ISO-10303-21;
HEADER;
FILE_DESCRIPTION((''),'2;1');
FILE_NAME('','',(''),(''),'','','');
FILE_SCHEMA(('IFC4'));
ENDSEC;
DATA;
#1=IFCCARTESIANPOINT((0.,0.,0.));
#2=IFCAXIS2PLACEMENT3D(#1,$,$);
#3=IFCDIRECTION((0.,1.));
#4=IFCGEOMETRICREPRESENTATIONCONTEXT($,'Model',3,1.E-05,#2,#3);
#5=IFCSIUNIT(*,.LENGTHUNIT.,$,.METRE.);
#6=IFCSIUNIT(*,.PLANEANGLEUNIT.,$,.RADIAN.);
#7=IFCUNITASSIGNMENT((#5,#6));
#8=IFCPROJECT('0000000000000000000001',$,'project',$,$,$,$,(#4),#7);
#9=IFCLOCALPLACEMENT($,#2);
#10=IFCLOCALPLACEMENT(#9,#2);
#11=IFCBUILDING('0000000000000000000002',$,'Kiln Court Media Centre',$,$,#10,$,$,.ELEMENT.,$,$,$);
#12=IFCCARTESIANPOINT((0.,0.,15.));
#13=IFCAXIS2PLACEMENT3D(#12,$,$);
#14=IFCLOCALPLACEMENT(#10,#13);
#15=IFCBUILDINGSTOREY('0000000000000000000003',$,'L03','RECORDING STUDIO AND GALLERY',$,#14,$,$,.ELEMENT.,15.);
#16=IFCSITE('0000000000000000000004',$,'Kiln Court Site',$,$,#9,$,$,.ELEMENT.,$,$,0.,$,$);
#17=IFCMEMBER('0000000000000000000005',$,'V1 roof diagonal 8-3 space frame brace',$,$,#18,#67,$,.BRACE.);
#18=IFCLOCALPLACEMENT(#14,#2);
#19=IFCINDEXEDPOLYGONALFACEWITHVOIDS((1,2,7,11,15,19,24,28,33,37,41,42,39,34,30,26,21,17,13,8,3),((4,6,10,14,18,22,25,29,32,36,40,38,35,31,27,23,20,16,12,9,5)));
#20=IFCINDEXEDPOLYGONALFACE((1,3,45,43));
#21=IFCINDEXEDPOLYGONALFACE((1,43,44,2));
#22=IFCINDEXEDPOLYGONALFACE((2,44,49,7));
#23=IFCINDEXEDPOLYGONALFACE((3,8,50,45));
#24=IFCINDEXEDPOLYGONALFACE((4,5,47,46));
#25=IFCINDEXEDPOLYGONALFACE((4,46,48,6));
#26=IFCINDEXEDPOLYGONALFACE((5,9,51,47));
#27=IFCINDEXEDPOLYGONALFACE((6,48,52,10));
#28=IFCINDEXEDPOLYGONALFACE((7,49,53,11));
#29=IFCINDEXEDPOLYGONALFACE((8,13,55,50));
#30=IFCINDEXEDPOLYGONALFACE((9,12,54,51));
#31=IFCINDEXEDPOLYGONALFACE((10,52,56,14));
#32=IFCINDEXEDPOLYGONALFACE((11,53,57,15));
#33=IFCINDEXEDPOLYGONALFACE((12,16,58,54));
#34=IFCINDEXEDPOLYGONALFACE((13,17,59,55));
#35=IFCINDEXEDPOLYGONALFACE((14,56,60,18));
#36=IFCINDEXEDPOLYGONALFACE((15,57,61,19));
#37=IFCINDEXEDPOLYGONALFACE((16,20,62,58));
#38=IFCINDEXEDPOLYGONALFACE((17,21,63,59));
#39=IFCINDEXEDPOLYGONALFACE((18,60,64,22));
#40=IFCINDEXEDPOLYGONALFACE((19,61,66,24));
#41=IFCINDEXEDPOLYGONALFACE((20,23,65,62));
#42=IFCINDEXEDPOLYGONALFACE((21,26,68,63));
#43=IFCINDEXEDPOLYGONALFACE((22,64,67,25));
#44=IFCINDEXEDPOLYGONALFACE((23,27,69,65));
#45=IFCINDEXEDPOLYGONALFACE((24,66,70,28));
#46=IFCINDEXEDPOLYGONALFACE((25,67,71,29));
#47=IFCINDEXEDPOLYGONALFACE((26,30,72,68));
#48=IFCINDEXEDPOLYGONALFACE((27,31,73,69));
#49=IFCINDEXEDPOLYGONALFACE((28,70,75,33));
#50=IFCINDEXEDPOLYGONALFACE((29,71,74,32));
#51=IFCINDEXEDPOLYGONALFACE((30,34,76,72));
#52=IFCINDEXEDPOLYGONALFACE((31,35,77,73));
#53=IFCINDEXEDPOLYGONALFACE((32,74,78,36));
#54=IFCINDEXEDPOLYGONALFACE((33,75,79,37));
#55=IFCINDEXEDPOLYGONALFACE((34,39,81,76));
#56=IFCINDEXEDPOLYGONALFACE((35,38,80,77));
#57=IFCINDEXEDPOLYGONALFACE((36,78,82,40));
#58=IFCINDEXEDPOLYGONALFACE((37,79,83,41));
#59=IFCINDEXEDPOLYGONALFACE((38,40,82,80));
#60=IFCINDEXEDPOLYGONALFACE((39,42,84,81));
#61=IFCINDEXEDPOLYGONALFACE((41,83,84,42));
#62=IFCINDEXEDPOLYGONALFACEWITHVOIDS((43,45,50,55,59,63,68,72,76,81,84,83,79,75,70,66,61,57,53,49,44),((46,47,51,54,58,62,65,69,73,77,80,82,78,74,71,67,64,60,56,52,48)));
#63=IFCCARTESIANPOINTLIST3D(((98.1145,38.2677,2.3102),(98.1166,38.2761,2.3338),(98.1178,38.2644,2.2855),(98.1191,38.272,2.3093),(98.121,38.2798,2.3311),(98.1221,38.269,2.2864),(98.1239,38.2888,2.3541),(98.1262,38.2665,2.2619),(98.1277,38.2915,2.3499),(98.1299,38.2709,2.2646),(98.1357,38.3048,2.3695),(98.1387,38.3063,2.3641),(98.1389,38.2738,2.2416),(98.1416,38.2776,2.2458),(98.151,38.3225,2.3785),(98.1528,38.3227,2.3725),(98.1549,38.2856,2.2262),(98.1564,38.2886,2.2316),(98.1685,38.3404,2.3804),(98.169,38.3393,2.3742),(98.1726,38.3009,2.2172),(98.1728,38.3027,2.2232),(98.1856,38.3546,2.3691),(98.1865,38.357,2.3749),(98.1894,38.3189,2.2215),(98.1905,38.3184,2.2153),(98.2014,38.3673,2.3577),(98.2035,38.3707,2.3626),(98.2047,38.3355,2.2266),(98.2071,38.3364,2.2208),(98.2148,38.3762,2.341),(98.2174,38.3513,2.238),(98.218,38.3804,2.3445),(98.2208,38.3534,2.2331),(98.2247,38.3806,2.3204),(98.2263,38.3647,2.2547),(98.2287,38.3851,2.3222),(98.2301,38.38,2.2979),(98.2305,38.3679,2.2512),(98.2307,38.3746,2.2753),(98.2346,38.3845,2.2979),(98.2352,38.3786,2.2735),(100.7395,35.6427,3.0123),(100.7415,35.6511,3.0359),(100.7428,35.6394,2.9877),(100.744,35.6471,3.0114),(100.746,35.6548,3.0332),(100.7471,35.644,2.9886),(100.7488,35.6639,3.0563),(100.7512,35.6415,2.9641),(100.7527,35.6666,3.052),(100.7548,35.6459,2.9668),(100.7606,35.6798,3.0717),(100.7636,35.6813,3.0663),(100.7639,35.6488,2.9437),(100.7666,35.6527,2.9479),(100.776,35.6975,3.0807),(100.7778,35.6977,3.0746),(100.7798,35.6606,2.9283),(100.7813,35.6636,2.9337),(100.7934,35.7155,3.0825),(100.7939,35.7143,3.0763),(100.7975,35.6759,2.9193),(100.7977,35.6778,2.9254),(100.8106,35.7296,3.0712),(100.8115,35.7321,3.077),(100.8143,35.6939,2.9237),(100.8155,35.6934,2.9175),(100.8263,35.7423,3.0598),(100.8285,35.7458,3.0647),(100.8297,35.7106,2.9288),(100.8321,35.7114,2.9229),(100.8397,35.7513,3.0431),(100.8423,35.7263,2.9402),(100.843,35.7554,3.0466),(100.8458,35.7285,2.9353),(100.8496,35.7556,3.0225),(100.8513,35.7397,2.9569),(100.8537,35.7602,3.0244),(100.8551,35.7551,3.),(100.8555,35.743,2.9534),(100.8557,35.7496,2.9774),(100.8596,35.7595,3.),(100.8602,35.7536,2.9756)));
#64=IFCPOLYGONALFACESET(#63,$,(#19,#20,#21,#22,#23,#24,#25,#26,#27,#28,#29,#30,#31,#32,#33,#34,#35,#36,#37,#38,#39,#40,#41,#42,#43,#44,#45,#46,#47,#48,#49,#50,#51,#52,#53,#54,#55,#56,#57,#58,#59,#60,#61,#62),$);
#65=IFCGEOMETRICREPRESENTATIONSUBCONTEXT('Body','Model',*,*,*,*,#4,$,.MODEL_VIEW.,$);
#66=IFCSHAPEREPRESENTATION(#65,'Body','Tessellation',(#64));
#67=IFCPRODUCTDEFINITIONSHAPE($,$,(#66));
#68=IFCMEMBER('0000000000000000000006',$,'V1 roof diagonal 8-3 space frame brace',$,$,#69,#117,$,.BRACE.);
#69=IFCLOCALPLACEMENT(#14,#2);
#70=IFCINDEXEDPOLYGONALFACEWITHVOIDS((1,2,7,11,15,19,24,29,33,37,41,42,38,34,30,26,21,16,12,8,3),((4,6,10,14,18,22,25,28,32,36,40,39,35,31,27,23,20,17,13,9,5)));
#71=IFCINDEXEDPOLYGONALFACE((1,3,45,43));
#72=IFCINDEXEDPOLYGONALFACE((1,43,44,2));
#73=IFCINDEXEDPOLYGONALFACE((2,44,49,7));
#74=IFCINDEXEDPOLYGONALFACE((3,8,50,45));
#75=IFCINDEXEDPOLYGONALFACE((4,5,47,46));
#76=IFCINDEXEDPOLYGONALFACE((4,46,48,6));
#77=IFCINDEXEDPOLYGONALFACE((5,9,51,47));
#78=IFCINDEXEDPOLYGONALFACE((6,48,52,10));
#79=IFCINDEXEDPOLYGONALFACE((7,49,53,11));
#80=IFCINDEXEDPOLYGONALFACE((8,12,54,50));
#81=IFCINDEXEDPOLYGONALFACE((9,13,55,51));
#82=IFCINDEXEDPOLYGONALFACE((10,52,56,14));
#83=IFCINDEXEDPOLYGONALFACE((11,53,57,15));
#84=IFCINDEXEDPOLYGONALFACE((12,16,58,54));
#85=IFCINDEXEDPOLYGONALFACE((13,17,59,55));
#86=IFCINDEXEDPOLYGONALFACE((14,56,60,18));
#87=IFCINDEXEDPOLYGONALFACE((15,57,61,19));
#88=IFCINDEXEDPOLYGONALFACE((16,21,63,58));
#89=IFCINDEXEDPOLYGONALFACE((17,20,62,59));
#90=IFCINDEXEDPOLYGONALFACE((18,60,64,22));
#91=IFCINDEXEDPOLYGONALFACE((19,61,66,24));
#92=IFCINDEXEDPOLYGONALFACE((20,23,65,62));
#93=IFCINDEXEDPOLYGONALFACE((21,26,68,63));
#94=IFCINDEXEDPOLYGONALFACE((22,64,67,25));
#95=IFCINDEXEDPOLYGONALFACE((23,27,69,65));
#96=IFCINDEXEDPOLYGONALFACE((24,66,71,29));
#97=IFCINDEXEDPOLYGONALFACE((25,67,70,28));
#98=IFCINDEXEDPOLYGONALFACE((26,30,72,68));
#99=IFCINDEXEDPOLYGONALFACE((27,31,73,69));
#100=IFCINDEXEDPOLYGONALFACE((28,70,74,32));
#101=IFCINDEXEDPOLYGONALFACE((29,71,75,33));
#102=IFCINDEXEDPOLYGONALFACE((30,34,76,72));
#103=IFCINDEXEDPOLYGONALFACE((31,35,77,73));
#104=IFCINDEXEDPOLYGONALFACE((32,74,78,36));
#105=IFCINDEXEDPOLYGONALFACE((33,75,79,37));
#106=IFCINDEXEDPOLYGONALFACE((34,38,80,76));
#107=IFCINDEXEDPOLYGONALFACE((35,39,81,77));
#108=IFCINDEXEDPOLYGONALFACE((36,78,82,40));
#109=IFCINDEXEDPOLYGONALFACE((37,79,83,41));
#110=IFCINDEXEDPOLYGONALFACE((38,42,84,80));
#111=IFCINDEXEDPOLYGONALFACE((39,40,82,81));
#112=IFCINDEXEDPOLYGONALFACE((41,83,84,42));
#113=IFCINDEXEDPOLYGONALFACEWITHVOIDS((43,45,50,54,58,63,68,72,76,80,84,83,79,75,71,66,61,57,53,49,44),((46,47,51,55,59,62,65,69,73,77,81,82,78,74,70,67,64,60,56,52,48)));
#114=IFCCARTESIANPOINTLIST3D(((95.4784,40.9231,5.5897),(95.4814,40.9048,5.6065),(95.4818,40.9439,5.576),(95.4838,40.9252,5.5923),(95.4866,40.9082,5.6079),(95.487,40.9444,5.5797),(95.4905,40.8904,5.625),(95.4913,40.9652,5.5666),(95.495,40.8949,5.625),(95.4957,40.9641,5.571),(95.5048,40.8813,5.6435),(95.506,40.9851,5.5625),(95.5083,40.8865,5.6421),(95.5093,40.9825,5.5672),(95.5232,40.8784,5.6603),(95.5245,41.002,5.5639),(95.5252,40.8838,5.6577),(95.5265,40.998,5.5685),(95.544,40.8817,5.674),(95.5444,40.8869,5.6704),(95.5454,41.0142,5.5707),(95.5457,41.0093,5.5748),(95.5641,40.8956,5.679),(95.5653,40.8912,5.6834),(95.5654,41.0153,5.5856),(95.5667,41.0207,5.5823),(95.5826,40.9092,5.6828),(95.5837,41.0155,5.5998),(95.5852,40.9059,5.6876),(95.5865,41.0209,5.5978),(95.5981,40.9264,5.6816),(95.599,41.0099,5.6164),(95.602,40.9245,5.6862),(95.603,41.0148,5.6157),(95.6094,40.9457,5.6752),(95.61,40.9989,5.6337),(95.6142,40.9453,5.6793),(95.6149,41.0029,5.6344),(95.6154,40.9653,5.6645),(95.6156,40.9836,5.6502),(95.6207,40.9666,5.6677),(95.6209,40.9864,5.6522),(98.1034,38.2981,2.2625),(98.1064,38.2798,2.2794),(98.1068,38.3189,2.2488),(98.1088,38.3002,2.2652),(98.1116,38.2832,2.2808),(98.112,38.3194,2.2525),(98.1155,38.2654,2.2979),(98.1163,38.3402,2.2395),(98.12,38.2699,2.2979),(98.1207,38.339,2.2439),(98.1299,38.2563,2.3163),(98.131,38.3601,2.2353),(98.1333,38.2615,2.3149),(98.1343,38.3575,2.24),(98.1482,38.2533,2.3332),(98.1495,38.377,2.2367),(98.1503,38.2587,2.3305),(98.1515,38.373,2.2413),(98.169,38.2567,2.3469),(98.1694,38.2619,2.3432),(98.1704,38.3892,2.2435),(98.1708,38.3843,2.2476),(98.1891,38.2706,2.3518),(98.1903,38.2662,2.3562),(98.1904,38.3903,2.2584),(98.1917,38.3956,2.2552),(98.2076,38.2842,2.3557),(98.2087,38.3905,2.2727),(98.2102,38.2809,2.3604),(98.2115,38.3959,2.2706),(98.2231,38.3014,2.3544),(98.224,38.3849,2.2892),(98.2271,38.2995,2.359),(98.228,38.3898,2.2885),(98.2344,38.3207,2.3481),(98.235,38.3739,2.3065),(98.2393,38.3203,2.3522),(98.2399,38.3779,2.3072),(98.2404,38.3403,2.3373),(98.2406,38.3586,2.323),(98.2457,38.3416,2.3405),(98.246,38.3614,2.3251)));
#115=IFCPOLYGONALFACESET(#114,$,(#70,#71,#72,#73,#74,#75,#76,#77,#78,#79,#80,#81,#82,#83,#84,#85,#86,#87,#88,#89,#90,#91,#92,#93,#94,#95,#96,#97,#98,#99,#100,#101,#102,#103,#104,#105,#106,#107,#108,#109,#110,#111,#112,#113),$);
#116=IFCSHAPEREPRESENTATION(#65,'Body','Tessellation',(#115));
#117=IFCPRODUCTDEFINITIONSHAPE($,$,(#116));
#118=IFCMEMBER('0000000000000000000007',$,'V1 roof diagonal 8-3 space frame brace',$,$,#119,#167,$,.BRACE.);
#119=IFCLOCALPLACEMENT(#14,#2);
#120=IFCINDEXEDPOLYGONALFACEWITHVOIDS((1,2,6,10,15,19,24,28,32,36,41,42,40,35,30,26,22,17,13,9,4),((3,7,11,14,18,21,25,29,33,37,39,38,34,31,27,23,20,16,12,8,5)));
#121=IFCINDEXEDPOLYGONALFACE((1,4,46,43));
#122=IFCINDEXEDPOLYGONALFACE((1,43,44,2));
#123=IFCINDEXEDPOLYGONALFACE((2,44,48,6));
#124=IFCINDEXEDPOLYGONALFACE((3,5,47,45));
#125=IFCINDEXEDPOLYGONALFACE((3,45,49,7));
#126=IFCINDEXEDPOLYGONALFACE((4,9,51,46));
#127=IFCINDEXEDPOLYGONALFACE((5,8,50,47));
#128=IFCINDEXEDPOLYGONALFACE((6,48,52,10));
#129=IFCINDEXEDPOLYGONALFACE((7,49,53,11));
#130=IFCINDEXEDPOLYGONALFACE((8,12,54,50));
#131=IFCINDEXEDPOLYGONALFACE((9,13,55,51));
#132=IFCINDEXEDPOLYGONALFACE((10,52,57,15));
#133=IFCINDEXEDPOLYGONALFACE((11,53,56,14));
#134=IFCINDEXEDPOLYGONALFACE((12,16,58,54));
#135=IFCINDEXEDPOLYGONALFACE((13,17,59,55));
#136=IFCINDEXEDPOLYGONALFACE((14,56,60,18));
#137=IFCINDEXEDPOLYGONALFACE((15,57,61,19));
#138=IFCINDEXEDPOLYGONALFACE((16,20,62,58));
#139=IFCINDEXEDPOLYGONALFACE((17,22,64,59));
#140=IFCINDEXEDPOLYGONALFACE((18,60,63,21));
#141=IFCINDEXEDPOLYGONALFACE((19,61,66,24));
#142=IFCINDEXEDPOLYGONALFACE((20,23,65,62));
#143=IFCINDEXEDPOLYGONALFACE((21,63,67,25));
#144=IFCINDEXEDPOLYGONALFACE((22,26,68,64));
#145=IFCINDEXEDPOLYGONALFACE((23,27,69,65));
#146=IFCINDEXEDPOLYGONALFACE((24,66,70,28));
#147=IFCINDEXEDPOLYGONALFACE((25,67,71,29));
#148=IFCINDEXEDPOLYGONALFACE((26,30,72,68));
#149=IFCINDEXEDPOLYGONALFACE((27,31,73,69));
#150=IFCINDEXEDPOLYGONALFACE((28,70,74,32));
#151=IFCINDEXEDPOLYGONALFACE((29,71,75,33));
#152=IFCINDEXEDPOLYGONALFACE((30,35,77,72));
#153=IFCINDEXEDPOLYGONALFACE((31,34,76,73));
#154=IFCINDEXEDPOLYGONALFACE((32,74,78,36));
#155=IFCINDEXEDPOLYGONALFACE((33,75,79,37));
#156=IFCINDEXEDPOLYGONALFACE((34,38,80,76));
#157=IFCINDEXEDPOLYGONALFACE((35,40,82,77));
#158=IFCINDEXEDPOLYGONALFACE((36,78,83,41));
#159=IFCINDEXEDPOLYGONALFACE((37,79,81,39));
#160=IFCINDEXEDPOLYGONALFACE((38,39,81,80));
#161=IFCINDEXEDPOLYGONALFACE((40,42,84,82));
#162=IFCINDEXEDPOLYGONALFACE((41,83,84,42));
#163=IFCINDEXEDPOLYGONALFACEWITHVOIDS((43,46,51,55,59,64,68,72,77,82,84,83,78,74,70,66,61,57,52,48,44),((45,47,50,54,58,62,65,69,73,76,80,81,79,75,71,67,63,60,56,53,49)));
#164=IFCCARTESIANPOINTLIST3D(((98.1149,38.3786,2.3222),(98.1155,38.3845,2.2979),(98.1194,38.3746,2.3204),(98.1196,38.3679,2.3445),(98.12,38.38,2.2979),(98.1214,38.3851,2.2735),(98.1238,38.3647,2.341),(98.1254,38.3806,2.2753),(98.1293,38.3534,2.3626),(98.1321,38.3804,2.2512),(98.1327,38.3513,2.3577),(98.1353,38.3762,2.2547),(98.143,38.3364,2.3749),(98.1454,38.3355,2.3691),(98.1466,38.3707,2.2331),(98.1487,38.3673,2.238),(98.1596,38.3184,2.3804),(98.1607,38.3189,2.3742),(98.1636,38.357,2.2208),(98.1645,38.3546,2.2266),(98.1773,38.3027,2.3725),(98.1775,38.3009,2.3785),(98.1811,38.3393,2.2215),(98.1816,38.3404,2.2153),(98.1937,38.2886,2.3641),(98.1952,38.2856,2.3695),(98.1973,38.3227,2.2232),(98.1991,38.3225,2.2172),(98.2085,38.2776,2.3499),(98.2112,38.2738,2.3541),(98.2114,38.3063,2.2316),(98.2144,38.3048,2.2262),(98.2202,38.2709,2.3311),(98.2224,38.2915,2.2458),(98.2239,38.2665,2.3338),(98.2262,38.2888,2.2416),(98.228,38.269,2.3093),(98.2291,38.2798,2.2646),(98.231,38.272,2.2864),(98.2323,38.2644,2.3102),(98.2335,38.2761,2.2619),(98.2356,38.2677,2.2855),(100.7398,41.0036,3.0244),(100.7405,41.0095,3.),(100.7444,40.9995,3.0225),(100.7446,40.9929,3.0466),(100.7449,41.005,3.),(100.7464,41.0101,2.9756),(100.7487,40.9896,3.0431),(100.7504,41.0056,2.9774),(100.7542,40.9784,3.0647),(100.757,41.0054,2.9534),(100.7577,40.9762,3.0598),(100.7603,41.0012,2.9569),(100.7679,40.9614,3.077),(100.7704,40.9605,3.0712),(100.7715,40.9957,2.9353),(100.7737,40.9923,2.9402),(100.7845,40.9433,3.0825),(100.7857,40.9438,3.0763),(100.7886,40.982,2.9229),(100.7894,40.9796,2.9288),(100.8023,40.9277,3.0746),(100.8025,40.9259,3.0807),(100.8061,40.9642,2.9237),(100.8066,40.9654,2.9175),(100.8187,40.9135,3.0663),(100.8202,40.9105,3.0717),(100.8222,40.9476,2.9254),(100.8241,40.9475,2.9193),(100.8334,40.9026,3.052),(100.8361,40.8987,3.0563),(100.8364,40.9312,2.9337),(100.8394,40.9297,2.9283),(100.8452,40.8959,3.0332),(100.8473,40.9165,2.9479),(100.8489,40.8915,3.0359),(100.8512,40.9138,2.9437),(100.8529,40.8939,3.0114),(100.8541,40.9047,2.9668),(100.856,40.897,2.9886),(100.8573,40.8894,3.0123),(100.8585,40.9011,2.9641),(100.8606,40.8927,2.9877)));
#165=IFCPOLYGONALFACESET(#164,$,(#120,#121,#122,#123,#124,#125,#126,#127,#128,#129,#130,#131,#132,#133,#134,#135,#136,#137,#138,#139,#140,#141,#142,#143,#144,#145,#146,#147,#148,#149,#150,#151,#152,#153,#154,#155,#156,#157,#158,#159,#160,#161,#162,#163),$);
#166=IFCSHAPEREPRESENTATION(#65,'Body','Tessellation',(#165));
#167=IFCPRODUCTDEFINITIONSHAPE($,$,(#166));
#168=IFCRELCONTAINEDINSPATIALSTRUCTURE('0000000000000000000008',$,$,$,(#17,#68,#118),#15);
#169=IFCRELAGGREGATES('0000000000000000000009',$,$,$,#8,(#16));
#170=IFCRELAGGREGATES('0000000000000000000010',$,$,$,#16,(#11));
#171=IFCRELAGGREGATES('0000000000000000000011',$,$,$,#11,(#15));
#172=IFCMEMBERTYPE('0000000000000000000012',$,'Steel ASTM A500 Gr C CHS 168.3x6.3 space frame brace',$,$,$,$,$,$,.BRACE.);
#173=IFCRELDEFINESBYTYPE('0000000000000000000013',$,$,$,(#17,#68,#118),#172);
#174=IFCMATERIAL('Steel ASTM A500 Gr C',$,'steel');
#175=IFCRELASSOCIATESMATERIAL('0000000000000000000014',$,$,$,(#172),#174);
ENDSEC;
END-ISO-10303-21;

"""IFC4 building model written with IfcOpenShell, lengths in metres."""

from ifc_helpers import new_model, si_unit, direction, frame, origin, origin_2d, place, context, subcontext, project, spatial, hollow_circle, extrude, material, material_profile, profile_set, type_object, element, save


model = new_model("IFC4")

# Units and contexts
model_context = context("Model", 3, precision=1e-05, world=origin(), true_north=direction((0.0, 1.0)))
body_context = subcontext(model_context, "Body", "Model", "MODEL_VIEW")
ifc_project = project(units=[si_unit("LENGTHUNIT", "METRE"), si_unit("PLANEANGLEUNIT", "RADIAN")], contexts=[model_context])

# Site, building, storey
site_placement = place(None, origin())
site = spatial("IfcSite", under=ifc_project, at=site_placement, Name="Kiln Court Site", CompositionType="ELEMENT", RefElevation=0.0)
building_placement = place(site_placement, origin())
building = spatial("IfcBuilding", under=site, at=building_placement, Name="Kiln Court Media Centre", CompositionType="ELEMENT")
storey_placement = place(building_placement, frame((0.0, 0.0, 15.0)))
storey = spatial("IfcBuildingStorey", under=building, at=storey_placement, Name="L03", Description="RECORDING STUDIO AND GALLERY", CompositionType="ELEMENT", Elevation=15.0)

# Members
ifc_material_1 = material(Name="Steel ASTM A500 Gr C", Category="steel")
ifc_material_profile_1 = material_profile(ifc_material_1, hollow_circle(Radius=0.0842, WallThickness=0.0063, at=origin_2d()), Name="CHS 168.3x6.3")
ifc_profile_set_1 = profile_set([ifc_material_profile_1], Name="Steel ASTM A500 Gr C")
member_type_1 = type_object("IfcMemberType", Name="Steel ASTM A500 Gr C CHS 168.3x6.3 space frame brace", PredefinedType="BRACE", material=ifc_profile_set_1)
member_1_placement = place(storey_placement, frame((98.175, 38.325, 2.2979), z_axis=(0.694788, -0.694788, 0.185846), x_axis=(0.707107, 0.707107, 0.0)))
element("IfcMember", 1, at=member_1_placement, inside=storey, type_object=member_type_1, Name="V1 roof diagonal 8-3 space frame brace", PredefinedType="BRACE", context=body_context, shape_type="SweptSolid", body=[
    extrude(hollow_circle(Radius=0.0842, WallThickness=0.0063, at=origin_2d()), origin(), (0.0, 0.0, 1.0), 3.7781),
])
member_2_placement = place(storey_placement, frame((98.175, 38.325, 2.2979), z_axis=(-0.52657, 0.52657, 0.667419), x_axis=(-0.707107, -0.707107, 0.0)))
element("IfcMember", 2, at=member_2_placement, inside=storey, type_object=member_type_1, Name="V1 roof diagonal 8-3 space frame brace", PredefinedType="BRACE", context=body_context, shape_type="SweptSolid", body=[
    extrude(hollow_circle(Radius=0.0842, WallThickness=0.0063, at=origin_2d()), origin(), (0.0, 0.0, 1.0), 4.9851),
])
member_3_placement = place(storey_placement, frame((98.175, 38.325, 2.2979), z_axis=(0.694788, 0.694788, 0.185846), x_axis=(-0.707107, 0.707107, 0.0)))
element("IfcMember", 3, at=member_3_placement, inside=storey, type_object=member_type_1, Name="V1 roof diagonal 8-3 space frame brace", PredefinedType="BRACE", context=body_context, shape_type="SweptSolid", body=[
    extrude(hollow_circle(Radius=0.0842, WallThickness=0.0063, at=origin_2d()), origin(), (0.0, 0.0, 1.0), 3.7781),
])

save(model, "model.ifc")
